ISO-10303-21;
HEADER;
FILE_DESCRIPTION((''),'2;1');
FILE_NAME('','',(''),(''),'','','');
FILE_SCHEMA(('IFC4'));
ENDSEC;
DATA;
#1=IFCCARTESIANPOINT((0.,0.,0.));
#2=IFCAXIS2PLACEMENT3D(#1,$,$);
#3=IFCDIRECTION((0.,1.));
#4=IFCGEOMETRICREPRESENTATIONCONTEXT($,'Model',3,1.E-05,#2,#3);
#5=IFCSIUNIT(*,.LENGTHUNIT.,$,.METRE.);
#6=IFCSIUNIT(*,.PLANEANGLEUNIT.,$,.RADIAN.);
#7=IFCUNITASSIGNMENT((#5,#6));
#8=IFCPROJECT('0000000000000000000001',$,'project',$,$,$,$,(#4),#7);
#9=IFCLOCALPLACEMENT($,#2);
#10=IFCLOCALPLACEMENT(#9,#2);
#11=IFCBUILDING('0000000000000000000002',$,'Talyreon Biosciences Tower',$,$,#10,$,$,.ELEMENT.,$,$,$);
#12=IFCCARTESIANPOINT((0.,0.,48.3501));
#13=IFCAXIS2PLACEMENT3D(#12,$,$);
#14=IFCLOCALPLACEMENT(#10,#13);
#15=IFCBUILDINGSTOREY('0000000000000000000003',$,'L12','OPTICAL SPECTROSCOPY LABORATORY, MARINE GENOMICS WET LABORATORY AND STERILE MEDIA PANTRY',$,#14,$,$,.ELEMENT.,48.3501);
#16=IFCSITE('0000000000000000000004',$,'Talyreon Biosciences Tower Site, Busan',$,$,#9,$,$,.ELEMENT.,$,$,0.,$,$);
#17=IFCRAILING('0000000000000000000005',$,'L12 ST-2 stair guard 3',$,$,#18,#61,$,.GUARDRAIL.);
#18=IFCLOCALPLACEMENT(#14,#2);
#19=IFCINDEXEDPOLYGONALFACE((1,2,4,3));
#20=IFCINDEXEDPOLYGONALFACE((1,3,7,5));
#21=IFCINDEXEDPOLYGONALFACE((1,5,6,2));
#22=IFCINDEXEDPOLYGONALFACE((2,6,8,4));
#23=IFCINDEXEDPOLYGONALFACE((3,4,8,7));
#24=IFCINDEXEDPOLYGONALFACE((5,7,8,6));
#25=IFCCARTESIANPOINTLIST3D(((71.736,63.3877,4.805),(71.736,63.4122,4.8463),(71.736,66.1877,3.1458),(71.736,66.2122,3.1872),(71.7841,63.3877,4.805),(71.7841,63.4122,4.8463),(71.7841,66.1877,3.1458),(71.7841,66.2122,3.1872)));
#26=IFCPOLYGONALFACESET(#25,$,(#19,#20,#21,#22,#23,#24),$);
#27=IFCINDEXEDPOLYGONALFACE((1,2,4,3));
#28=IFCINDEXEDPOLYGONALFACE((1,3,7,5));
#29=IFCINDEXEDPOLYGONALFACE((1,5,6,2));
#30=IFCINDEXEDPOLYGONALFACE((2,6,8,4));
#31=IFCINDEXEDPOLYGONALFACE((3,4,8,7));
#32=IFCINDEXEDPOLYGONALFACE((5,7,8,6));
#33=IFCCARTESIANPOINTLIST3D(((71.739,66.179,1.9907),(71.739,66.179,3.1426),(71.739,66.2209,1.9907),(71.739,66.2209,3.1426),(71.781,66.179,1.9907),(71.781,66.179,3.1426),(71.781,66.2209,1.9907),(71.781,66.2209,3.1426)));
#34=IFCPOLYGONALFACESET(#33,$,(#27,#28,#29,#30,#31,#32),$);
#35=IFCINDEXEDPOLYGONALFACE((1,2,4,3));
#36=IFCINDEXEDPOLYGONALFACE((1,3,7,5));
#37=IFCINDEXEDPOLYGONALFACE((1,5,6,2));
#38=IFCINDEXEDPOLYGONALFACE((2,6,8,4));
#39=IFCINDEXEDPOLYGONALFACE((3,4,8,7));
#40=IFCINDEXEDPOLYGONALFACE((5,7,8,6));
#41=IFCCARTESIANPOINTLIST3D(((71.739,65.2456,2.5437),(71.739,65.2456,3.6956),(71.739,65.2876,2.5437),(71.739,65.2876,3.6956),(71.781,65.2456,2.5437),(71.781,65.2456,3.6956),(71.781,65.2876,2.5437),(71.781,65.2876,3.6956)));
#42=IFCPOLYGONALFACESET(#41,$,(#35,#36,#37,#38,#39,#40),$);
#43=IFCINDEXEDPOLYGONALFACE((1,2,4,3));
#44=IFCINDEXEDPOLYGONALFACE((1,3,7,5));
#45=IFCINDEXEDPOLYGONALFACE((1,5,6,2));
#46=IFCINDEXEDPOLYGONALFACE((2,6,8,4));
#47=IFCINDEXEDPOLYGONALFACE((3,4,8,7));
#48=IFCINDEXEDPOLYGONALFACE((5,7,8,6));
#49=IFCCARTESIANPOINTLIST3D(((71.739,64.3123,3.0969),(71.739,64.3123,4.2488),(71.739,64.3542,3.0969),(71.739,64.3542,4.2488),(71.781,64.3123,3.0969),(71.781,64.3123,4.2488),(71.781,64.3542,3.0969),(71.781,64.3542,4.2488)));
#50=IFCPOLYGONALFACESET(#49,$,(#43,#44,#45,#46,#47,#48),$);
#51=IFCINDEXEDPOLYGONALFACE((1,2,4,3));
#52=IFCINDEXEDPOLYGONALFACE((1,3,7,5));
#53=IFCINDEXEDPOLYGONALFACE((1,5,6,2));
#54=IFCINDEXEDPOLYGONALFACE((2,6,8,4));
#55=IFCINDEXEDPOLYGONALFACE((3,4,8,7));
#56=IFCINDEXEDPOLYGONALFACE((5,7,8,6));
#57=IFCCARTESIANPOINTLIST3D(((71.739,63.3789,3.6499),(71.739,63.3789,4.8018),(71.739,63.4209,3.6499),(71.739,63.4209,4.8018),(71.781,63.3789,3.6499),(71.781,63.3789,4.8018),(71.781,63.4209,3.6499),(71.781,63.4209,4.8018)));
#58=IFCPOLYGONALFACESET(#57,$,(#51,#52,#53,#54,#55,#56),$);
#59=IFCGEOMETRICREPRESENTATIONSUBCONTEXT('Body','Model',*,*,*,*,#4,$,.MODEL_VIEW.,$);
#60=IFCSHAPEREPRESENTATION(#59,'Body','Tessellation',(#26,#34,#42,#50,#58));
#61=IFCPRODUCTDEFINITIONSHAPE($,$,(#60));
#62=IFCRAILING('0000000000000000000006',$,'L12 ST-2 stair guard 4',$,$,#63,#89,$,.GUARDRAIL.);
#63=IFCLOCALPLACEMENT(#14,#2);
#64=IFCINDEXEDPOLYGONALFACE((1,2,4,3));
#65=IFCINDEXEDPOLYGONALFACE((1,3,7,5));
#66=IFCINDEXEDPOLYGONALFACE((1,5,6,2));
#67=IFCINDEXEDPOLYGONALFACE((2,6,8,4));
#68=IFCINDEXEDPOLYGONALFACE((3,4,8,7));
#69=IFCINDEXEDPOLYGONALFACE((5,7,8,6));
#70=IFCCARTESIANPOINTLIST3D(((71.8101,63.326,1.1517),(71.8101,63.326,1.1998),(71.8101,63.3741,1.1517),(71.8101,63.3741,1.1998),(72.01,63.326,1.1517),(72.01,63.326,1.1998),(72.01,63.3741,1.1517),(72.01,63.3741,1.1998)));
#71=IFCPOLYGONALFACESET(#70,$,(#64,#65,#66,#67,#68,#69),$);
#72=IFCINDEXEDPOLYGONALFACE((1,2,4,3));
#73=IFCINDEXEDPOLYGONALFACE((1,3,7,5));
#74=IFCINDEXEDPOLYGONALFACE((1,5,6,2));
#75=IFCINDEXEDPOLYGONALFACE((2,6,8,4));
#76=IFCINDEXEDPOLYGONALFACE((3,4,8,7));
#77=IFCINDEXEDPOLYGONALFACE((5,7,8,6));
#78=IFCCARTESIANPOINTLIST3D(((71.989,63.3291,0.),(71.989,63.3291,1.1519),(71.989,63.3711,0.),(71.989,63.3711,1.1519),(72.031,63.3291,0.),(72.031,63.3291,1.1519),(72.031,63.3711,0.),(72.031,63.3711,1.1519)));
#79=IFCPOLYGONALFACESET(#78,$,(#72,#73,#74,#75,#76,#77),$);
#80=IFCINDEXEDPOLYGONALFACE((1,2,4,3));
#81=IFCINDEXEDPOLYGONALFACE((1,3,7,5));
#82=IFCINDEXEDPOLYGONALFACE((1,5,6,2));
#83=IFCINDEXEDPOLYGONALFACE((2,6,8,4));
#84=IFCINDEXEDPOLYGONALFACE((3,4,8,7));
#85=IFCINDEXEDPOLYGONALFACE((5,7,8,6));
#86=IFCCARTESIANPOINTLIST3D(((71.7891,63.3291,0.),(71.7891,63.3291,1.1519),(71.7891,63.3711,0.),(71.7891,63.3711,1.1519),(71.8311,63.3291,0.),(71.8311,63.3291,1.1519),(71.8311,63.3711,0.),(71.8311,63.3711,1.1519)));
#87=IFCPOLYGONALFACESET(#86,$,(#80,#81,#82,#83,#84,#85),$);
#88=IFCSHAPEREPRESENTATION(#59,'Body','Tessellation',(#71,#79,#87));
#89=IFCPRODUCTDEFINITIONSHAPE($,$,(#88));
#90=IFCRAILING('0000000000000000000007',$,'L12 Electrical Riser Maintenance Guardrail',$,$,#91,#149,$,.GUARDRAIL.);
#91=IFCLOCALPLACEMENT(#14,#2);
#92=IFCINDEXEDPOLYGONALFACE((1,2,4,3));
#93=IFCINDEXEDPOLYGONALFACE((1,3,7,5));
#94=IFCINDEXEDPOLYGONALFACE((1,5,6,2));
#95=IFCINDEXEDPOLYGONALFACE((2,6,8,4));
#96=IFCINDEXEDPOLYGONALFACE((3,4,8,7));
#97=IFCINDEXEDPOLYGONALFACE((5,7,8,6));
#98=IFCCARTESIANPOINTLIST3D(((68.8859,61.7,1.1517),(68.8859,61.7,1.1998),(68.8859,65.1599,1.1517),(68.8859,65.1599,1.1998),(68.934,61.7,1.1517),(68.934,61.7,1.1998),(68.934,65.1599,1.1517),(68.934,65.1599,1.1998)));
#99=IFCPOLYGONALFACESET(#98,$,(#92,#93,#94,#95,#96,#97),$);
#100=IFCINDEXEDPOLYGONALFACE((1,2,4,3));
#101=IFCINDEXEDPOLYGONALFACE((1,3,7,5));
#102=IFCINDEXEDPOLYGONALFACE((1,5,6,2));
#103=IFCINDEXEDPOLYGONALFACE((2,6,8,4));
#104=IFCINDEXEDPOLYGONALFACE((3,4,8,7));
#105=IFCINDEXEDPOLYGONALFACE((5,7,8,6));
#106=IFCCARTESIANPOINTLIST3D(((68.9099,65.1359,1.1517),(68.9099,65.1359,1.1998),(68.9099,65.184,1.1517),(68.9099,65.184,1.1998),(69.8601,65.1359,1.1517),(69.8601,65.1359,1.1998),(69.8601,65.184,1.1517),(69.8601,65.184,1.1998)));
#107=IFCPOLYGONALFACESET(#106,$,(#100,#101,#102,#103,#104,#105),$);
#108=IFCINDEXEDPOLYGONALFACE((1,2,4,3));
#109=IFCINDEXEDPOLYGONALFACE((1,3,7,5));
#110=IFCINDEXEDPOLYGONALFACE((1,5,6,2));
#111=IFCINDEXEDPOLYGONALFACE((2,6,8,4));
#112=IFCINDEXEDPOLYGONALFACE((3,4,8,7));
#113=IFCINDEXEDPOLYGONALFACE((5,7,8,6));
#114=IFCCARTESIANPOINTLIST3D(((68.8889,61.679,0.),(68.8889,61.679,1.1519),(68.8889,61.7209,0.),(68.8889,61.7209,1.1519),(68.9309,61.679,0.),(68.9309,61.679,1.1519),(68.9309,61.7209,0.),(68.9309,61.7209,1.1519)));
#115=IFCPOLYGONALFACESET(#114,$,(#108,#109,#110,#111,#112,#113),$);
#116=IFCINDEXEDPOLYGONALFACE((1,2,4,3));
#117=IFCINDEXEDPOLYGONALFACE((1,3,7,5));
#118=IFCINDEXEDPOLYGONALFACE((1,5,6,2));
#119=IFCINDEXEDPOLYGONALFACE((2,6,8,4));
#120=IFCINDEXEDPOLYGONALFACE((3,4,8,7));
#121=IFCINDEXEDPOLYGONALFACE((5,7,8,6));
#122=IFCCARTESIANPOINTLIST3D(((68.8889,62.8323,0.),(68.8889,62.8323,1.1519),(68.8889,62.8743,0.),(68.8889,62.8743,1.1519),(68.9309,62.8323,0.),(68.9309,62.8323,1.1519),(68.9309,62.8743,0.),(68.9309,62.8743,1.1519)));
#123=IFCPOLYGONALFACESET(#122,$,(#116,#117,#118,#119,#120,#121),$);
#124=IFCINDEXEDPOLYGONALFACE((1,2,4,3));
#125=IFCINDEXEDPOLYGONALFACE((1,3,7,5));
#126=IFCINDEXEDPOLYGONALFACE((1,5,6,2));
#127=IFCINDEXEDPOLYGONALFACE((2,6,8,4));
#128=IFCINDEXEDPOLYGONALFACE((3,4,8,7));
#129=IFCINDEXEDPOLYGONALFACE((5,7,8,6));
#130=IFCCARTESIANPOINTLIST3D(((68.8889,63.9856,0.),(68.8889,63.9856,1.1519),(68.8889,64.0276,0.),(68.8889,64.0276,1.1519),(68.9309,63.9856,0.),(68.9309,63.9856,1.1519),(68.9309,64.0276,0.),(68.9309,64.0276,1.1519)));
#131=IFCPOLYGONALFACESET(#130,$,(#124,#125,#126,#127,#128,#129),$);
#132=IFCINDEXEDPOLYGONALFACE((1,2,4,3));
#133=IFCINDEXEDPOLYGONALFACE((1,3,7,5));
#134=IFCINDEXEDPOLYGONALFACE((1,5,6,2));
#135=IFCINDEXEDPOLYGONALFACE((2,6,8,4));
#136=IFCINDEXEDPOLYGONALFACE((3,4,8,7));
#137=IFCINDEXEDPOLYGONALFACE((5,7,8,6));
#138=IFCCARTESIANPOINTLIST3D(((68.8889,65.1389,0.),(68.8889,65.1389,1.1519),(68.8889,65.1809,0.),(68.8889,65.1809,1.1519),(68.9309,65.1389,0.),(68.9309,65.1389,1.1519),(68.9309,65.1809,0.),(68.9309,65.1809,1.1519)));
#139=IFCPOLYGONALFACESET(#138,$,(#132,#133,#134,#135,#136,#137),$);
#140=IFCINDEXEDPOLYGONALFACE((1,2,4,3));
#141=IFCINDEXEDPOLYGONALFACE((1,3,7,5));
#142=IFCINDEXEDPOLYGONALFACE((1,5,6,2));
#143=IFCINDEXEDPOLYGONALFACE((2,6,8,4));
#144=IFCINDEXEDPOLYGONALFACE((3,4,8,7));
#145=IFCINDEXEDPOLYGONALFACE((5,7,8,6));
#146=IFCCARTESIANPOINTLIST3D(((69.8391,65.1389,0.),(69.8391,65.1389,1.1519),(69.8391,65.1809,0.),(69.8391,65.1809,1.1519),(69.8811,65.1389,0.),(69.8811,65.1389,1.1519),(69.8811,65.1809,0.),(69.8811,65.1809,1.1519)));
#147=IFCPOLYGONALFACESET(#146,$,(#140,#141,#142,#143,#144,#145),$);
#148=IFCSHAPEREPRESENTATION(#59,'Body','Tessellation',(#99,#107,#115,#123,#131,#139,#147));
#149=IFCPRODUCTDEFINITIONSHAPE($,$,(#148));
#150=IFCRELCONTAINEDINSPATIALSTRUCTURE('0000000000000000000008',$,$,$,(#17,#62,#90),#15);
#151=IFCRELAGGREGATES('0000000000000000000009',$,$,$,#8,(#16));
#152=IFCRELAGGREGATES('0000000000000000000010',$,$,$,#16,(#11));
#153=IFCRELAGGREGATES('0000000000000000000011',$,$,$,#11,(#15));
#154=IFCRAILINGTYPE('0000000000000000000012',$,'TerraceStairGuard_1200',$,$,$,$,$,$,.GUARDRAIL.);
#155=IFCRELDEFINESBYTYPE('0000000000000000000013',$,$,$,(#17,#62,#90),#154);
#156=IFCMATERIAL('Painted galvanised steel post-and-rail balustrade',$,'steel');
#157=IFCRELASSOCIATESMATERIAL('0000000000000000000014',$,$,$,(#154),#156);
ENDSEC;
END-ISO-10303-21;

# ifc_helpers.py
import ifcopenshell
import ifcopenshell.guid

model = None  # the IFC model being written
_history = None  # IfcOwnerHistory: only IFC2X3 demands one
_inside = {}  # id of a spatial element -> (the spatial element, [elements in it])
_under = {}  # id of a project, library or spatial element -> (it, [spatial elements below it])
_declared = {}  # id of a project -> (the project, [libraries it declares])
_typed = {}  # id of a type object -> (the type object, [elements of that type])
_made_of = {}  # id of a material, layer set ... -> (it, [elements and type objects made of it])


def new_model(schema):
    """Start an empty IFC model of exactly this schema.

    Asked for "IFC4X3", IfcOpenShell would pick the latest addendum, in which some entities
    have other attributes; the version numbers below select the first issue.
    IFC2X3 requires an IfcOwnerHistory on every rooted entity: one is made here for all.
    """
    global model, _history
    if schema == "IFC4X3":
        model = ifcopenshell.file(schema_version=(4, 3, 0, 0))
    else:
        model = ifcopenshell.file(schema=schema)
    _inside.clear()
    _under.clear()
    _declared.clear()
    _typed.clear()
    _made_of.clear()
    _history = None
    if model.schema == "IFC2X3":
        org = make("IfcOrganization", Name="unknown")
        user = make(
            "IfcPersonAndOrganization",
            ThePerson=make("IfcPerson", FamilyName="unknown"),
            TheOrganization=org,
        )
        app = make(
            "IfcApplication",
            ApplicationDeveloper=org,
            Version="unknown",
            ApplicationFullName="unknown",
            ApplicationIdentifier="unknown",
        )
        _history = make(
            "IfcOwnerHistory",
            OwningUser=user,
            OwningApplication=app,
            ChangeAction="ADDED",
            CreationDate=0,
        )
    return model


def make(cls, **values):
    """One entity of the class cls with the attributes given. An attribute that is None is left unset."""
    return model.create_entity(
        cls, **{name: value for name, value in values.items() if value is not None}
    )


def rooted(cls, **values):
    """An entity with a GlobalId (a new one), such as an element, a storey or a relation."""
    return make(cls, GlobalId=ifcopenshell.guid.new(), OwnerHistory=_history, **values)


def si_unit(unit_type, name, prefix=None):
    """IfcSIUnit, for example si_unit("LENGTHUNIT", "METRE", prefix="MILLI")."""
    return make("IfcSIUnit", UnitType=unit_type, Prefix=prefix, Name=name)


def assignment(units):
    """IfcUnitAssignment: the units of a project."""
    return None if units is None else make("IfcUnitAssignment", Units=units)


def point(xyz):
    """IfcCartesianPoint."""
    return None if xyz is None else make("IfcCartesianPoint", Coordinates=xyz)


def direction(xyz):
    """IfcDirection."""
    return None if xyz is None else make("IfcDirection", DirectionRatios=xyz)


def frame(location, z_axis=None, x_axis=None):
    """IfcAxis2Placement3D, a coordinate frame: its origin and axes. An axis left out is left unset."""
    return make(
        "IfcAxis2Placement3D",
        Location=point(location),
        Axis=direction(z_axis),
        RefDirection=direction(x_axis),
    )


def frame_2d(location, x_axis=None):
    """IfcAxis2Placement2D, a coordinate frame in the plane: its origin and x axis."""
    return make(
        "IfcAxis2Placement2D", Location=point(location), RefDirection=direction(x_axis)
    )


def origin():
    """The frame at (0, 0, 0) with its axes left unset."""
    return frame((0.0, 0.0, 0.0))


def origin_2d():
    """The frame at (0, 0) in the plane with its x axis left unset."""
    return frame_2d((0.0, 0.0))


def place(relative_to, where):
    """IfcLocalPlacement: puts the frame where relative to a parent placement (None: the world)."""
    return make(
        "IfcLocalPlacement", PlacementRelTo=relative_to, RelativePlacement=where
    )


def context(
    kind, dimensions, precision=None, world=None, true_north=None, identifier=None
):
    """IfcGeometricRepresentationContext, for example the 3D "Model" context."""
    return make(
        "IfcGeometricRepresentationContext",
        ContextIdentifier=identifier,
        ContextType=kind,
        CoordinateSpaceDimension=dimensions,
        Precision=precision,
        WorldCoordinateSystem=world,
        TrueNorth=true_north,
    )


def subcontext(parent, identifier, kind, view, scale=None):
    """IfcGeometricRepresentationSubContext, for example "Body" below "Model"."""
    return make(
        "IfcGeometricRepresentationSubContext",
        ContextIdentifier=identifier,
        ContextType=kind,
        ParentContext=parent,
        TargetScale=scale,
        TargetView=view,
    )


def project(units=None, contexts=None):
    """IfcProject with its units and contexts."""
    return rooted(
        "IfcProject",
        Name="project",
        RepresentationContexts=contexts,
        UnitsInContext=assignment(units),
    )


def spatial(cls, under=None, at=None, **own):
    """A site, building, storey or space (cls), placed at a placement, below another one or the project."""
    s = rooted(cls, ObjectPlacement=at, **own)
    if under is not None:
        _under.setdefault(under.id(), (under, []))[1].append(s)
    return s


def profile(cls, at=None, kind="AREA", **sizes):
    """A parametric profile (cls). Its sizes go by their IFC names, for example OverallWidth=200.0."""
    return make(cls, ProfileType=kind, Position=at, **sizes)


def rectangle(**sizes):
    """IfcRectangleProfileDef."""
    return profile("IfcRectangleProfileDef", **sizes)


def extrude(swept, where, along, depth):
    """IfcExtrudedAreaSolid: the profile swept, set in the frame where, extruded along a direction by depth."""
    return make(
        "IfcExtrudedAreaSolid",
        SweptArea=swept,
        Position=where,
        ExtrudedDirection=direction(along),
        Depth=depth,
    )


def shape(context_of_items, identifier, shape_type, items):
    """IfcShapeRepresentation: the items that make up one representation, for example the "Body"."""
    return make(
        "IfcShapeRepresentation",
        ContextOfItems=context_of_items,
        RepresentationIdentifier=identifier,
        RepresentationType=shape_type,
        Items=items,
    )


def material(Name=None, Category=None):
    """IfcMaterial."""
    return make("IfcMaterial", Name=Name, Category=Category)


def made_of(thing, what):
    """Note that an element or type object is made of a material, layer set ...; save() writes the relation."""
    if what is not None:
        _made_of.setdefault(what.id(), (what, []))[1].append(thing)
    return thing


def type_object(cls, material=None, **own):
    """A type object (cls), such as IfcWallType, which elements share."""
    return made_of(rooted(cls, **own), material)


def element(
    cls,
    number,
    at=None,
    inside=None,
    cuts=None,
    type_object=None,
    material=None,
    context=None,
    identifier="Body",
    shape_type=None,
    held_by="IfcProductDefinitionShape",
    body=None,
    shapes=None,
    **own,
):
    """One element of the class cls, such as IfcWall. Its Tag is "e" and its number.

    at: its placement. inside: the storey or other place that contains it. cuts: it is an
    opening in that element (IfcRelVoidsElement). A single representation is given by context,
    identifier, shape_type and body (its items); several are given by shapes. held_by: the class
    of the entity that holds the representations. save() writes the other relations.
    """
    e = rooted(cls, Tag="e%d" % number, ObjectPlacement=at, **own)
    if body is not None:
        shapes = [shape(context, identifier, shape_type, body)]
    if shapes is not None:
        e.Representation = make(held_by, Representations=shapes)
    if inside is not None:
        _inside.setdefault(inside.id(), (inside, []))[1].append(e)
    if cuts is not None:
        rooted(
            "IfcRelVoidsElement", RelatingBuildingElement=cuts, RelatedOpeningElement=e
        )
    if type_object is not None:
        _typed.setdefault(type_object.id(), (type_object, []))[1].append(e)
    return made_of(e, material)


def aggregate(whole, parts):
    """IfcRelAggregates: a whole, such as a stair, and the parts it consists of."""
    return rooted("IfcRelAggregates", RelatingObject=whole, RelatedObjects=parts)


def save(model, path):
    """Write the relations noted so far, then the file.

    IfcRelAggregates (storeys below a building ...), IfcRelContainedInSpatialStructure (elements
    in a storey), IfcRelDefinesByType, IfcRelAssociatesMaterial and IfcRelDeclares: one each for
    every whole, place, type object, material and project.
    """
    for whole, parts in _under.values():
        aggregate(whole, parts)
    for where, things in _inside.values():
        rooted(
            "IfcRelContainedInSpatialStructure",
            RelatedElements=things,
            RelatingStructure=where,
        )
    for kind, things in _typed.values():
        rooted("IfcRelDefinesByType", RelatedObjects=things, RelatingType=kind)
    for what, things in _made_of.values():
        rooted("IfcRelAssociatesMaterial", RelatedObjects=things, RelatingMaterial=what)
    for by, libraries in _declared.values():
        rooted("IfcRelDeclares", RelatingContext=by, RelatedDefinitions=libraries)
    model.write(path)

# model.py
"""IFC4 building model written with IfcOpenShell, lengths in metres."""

from ifc_helpers import new_model, si_unit, direction, frame, origin, origin_2d, place, context, subcontext, project, spatial, rectangle, extrude, material, type_object, element, save


model = new_model("IFC4")

# Units and contexts
model_context = context("Model", 3, precision=1e-05, world=origin(), true_north=direction((0.0, 1.0)))
body_context = subcontext(model_context, "Body", "Model", "MODEL_VIEW")
ifc_project = project(units=[si_unit("LENGTHUNIT", "METRE"), si_unit("PLANEANGLEUNIT", "RADIAN")], contexts=[model_context])

# Site, building, storey
site_placement = place(None, origin())
site = spatial("IfcSite", under=ifc_project, at=site_placement, Name="Talyreon Biosciences Tower Site, Busan", CompositionType="ELEMENT", RefElevation=0.0)
building_placement = place(site_placement, origin())
building = spatial("IfcBuilding", under=site, at=building_placement, Name="Talyreon Biosciences Tower", CompositionType="ELEMENT")
storey_placement = place(building_placement, frame((0.0, 0.0, 48.3501)))
storey = spatial("IfcBuildingStorey", under=building, at=storey_placement, Name="L12", Description="OPTICAL SPECTROSCOPY LABORATORY, MARINE GENOMICS WET LABORATORY AND STERILE MEDIA PANTRY", CompositionType="ELEMENT", Elevation=48.3501)

# Railings
ifc_material_1 = material(Name="Painted galvanised steel post-and-rail balustrade", Category="steel")
railing_type_1 = type_object("IfcRailingType", Name="TerraceStairGuard_1200", PredefinedType="GUARDRAIL", material=ifc_material_1)
railing_1_placement = place(storey_placement, frame((71.76, 66.2, 1.9907)))
element("IfcRailing", 1, at=railing_1_placement, inside=storey, type_object=railing_type_1, Name="L12 ST-2 stair guard 3", PredefinedType="GUARDRAIL", context=body_context, shape_type="SweptSolid", body=[
    extrude(rectangle(XDim=0.0481, YDim=0.0481, at=origin_2d()), frame((0.0, 0.0, 1.1758), z_axis=(0.0, -0.860306, 0.509778), x_axis=(1.0, 0.0, 0.0)), (0.0, 0.0, 1.0), 3.2546),
    extrude(rectangle(XDim=0.042, YDim=0.042, at=origin_2d()), origin(), (0.0, 0.0, 1.0), 1.1519),
    extrude(rectangle(XDim=0.042, YDim=0.042, at=origin_2d()), frame((0.0, -0.9333, 0.553)), (0.0, 0.0, 1.0), 1.1519),
    extrude(rectangle(XDim=0.042, YDim=0.042, at=origin_2d()), frame((0.0, -1.8667, 1.1062)), (0.0, 0.0, 1.0), 1.1519),
    extrude(rectangle(XDim=0.042, YDim=0.042, at=origin_2d()), frame((0.0, -2.8, 1.6592)), (0.0, 0.0, 1.0), 1.1519),
])
railing_2_placement = place(storey_placement, frame((72.01, 63.3501, 0.0)))
element("IfcRailing", 2, at=railing_2_placement, inside=storey, type_object=railing_type_1, Name="L12 ST-2 stair guard 4", PredefinedType="GUARDRAIL", context=body_context, shape_type="SweptSolid", body=[
    extrude(rectangle(XDim=0.0481, YDim=0.0481, at=origin_2d()), frame((0.0, 0.0, 1.1758), z_axis=(-1.0, 0.0, 0.0), x_axis=(0.0, -1.0, 0.0)), (0.0, 0.0, 1.0), 0.2),
    extrude(rectangle(XDim=0.042, YDim=0.042, at=origin_2d()), origin(), (0.0, 0.0, 1.0), 1.1519),
    extrude(rectangle(XDim=0.042, YDim=0.042, at=origin_2d()), frame((-0.2, 0.0, 0.0)), (0.0, 0.0, 1.0), 1.1519),
])
railing_3_placement = place(storey_placement, frame((68.9099, 61.7, 0.0)))
element("IfcRailing", 3, at=railing_3_placement, inside=storey, type_object=railing_type_1, Name="L12 Electrical Riser Maintenance Guardrail", PredefinedType="GUARDRAIL", context=body_context, shape_type="SweptSolid", body=[
    extrude(rectangle(XDim=0.0481, YDim=0.0481, at=origin_2d()), frame((0.0, 0.0, 1.1758), z_axis=(0.0, 1.0, 0.0), x_axis=(-1.0, 0.0, 0.0)), (0.0, 0.0, 1.0), 3.46),
    extrude(rectangle(XDim=0.0481, YDim=0.0481, at=origin_2d()), frame((0.0, 3.46, 1.1758), z_axis=(1.0, 0.0, 0.0), x_axis=(0.0, 1.0, 0.0)), (0.0, 0.0, 1.0), 0.9502),
    extrude(rectangle(XDim=0.042, YDim=0.042, at=origin_2d()), origin(), (0.0, 0.0, 1.0), 1.1519),
    extrude(rectangle(XDim=0.042, YDim=0.042, at=origin_2d()), frame((0.0, 1.1533, 0.0)), (0.0, 0.0, 1.0), 1.1519),
    extrude(rectangle(XDim=0.042, YDim=0.042, at=origin_2d()), frame((0.0, 2.3066, 0.0)), (0.0, 0.0, 1.0), 1.1519),
    extrude(rectangle(XDim=0.042, YDim=0.042, at=origin_2d()), frame((0.0, 3.46, 0.0)), (0.0, 0.0, 1.0), 1.1519),
    extrude(rectangle(XDim=0.042, YDim=0.042, at=origin_2d()), frame((0.9502, 3.46, 0.0)), (0.0, 0.0, 1.0), 1.1519),
])

save(model, "model.ifc")
